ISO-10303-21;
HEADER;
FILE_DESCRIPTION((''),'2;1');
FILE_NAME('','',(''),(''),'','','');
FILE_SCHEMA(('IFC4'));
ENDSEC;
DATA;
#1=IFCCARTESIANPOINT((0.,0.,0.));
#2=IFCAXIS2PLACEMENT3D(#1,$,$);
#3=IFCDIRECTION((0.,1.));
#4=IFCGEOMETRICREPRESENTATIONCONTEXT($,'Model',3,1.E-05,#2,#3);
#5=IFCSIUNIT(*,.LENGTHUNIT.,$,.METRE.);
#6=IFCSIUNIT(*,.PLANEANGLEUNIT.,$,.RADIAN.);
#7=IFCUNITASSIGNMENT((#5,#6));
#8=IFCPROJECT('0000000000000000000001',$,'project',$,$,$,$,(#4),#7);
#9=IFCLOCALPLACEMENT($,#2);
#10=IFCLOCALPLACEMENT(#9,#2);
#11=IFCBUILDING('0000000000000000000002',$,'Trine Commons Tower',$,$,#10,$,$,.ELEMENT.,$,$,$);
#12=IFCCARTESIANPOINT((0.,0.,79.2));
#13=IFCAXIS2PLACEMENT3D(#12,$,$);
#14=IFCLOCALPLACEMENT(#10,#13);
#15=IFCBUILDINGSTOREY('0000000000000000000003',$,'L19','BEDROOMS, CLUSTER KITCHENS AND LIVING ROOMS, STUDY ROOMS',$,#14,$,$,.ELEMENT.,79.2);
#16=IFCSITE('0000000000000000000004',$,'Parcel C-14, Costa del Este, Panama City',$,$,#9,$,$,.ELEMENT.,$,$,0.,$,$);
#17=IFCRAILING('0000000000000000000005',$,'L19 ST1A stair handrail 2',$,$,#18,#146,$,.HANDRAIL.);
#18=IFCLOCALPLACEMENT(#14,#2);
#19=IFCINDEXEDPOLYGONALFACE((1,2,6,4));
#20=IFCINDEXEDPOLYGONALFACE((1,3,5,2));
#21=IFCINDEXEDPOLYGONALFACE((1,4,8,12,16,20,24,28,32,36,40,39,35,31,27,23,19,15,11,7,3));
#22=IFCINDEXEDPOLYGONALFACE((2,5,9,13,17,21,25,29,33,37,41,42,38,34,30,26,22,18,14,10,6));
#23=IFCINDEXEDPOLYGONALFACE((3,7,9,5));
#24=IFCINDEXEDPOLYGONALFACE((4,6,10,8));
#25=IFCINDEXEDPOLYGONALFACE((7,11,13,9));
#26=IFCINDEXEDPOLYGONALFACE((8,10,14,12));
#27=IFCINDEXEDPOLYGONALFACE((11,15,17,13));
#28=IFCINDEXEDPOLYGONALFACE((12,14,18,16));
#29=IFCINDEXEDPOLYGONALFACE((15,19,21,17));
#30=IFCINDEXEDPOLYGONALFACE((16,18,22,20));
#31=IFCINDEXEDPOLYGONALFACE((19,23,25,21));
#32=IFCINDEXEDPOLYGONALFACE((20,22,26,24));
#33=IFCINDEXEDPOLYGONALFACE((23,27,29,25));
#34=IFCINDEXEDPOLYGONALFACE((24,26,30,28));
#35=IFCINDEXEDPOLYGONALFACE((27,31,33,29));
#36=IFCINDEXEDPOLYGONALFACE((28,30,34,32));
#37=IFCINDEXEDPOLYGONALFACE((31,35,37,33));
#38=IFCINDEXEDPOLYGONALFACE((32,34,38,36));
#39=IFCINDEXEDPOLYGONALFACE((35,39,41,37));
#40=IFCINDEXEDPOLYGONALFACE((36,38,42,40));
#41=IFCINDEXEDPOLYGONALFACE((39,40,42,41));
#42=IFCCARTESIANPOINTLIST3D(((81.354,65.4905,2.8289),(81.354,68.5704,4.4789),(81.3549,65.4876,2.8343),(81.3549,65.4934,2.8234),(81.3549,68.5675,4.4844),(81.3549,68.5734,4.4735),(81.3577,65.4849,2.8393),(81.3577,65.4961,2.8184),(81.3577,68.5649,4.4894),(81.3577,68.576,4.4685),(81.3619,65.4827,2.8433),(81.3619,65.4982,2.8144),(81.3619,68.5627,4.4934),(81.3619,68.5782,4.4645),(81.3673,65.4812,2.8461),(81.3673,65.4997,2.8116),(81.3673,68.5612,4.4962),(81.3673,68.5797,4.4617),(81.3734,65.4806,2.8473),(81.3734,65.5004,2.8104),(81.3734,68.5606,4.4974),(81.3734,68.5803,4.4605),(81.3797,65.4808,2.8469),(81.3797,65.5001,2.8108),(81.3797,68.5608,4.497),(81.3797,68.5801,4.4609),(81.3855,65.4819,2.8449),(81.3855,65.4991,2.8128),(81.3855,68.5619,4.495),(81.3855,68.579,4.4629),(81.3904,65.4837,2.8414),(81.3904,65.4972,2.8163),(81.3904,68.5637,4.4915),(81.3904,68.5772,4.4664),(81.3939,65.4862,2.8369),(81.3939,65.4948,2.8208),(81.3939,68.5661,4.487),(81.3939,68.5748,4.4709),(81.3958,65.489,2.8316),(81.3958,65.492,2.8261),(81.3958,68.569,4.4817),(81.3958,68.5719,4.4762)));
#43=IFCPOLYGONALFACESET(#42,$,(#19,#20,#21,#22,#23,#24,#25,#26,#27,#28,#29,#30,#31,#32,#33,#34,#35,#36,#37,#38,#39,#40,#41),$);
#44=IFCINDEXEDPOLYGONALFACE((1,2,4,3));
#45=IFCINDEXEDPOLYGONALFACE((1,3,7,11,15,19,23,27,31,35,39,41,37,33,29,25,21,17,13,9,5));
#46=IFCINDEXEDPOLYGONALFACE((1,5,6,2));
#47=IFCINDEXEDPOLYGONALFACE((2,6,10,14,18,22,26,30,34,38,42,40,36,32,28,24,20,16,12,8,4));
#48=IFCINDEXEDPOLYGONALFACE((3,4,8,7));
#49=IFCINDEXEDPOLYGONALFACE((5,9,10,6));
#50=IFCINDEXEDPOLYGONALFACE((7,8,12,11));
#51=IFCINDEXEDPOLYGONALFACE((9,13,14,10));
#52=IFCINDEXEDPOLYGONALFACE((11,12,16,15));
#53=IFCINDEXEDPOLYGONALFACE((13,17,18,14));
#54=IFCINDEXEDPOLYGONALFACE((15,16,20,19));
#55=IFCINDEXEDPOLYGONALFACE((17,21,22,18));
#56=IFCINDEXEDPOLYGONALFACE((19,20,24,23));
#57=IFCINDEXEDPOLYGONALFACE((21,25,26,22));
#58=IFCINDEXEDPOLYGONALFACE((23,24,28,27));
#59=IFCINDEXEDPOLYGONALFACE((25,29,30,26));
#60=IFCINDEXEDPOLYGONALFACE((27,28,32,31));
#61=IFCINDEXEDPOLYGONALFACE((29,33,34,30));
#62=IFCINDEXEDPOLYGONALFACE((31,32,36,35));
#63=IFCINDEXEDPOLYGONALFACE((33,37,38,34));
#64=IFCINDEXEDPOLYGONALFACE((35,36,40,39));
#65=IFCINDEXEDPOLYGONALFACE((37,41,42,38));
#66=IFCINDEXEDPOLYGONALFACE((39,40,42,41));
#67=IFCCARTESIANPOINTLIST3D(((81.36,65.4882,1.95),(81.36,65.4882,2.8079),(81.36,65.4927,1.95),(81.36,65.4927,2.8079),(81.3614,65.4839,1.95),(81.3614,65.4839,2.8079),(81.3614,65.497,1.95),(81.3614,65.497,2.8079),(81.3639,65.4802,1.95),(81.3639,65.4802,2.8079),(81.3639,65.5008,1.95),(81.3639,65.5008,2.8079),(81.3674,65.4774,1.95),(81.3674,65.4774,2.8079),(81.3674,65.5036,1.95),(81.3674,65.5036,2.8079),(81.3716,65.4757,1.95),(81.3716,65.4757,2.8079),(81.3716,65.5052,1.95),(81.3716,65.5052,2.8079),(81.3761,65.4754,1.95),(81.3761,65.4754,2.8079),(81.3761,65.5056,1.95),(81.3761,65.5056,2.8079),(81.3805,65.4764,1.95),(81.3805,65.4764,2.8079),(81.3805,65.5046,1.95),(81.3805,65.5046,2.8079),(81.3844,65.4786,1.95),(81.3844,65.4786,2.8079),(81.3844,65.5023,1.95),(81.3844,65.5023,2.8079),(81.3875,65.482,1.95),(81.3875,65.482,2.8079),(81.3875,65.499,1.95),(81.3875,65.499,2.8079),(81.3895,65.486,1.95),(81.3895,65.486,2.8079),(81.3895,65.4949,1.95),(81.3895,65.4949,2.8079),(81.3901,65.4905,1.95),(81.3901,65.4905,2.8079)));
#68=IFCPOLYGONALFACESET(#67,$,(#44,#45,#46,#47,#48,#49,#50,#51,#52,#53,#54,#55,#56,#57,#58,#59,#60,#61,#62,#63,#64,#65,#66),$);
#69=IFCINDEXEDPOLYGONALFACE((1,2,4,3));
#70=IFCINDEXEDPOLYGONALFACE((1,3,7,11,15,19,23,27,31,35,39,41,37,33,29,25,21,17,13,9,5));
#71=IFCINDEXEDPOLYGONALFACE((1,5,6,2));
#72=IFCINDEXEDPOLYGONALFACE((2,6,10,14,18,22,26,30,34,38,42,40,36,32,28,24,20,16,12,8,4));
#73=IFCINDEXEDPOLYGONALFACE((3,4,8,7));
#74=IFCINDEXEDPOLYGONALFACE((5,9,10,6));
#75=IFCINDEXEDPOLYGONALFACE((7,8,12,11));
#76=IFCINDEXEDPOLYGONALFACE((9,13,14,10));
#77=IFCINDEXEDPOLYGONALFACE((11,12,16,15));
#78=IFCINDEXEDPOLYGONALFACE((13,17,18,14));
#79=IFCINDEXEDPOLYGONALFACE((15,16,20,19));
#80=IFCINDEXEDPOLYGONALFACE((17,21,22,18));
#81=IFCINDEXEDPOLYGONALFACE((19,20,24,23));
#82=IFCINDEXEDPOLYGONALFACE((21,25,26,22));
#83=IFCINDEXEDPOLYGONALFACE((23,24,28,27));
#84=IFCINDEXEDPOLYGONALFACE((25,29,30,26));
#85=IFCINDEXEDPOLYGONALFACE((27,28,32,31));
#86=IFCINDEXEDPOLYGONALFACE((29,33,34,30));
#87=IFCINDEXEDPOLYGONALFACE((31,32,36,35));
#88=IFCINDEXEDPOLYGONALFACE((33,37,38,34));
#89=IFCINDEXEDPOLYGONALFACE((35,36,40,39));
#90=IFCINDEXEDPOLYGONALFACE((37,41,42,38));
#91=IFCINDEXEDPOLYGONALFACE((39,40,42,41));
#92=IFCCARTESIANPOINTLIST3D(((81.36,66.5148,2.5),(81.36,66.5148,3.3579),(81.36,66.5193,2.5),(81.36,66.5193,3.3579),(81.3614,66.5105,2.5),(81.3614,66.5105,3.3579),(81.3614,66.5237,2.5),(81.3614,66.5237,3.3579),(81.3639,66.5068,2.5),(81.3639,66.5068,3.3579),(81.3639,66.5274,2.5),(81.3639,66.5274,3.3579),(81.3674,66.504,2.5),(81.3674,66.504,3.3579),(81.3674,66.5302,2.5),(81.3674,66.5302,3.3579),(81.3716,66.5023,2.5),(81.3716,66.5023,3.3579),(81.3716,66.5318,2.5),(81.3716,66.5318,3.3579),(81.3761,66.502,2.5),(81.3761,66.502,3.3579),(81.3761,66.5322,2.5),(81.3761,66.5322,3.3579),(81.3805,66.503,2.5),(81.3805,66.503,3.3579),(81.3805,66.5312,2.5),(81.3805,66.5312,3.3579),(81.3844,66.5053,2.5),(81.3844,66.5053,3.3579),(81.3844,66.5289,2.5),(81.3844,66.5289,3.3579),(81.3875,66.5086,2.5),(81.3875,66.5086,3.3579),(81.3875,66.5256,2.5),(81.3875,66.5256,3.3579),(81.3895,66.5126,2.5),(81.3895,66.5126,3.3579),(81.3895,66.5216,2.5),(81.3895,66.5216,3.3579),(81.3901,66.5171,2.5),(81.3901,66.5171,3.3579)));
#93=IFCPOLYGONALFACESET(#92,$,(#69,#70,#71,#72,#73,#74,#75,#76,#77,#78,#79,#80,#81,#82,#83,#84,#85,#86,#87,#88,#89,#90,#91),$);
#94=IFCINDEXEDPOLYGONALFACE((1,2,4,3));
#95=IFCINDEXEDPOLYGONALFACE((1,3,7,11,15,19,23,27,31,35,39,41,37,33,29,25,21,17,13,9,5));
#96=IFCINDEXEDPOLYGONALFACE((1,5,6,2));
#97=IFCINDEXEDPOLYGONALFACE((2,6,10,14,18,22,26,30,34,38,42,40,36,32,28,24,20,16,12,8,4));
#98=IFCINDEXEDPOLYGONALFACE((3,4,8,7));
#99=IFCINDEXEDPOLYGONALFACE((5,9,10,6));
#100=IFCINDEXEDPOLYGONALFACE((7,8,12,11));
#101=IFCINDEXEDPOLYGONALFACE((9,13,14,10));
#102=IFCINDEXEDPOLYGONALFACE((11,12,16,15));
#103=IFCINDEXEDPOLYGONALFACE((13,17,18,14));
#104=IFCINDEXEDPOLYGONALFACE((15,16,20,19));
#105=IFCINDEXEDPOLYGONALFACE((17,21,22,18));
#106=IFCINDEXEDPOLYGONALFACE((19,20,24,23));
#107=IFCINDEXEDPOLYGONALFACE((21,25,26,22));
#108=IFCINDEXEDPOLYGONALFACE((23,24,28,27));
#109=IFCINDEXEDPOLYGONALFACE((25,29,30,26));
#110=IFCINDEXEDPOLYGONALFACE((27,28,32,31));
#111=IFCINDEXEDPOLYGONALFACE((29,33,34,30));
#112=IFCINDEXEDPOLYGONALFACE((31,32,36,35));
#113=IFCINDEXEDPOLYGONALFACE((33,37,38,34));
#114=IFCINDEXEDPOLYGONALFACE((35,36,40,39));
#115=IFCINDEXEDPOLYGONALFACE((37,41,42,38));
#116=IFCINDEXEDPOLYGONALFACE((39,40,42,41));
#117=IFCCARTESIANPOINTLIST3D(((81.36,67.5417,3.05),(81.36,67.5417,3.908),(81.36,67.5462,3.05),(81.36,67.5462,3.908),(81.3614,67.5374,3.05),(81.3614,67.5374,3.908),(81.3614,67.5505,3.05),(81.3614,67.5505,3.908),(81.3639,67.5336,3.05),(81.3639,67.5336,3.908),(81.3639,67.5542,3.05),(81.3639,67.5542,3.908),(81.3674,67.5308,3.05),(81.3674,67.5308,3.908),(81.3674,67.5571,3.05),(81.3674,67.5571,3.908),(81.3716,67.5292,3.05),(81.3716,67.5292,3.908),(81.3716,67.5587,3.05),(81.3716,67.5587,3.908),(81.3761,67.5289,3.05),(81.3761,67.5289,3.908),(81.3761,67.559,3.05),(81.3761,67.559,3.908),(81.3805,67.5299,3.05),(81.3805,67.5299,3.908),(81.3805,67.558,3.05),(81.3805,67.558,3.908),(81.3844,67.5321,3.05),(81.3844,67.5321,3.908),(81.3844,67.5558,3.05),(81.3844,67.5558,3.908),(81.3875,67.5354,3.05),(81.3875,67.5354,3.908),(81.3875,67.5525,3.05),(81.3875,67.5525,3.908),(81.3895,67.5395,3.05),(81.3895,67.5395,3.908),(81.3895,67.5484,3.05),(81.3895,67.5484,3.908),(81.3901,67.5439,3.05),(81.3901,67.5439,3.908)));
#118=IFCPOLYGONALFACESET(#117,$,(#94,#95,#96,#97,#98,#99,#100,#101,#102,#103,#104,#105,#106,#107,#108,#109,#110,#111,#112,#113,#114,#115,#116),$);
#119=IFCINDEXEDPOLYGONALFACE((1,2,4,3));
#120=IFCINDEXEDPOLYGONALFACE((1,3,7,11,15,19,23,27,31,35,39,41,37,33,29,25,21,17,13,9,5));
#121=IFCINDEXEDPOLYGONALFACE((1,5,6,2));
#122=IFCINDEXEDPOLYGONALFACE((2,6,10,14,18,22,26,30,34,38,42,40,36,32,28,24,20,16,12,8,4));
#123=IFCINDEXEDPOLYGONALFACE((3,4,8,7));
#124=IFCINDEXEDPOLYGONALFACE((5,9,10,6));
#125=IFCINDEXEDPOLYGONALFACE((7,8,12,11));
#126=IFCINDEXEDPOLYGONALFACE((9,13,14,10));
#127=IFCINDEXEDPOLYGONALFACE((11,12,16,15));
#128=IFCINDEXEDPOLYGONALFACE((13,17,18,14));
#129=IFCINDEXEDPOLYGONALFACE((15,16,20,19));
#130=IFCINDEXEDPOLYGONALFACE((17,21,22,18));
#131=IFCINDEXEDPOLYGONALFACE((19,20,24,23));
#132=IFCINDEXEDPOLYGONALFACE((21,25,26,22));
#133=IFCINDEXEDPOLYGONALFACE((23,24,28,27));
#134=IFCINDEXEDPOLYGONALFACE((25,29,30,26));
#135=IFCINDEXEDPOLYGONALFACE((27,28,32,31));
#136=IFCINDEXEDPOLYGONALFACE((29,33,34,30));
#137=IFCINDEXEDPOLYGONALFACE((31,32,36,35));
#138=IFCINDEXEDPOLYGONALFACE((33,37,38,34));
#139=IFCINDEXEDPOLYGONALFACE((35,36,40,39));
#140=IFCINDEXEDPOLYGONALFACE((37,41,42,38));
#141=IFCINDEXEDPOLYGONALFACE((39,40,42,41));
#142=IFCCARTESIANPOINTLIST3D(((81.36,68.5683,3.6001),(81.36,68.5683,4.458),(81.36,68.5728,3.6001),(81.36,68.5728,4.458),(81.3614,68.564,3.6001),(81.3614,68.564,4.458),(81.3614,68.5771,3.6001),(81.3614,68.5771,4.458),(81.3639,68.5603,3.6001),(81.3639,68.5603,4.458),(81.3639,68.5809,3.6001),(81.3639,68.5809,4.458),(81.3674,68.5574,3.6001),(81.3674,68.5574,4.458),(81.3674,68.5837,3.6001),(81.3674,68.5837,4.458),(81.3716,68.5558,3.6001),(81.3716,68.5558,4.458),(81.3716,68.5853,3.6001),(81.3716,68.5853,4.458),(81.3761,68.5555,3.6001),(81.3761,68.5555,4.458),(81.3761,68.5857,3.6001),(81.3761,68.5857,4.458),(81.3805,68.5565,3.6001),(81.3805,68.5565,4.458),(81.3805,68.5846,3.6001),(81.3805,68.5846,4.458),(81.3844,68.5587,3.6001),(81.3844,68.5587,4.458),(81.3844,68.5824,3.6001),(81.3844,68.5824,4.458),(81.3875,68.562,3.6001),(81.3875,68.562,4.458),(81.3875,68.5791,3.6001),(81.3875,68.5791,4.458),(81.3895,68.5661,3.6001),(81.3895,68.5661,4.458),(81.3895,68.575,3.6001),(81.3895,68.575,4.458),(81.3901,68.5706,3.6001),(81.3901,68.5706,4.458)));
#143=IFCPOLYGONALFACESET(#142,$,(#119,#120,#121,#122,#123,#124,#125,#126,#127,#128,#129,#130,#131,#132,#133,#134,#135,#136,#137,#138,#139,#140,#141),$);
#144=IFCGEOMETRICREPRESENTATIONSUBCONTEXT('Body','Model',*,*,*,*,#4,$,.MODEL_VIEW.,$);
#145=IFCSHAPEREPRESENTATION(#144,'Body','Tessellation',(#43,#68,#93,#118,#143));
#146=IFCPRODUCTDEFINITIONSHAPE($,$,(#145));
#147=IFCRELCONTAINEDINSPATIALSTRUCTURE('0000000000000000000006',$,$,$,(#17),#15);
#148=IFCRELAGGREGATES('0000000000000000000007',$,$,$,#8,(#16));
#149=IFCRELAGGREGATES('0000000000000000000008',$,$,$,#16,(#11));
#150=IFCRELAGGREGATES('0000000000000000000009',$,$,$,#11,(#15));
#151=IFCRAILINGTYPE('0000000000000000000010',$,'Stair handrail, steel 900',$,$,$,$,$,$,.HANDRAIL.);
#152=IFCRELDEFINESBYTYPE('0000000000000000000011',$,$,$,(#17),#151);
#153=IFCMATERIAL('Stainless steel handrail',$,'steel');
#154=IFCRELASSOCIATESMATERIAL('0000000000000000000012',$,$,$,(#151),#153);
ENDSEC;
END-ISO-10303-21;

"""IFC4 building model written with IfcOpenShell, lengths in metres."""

from ifc_helpers import new_model, si_unit, direction, frame, origin, origin_2d, place, context, subcontext, project, spatial, circle, extrude, material, type_object, element, save


model = new_model("IFC4")

# Units and contexts
model_context = context("Model", 3, precision=1e-05, world=origin(), true_north=direction((0.0, 1.0)))
body_context = subcontext(model_context, "Body", "Model", "MODEL_VIEW")
ifc_project = project(units=[si_unit("LENGTHUNIT", "METRE"), si_unit("PLANEANGLEUNIT", "RADIAN")], contexts=[model_context])

# Site, building, storey
site_placement = place(None, origin())
site = spatial("IfcSite", under=ifc_project, at=site_placement, Name="Parcel C-14, Costa del Este, Panama City", CompositionType="ELEMENT", RefElevation=0.0)
building_placement = place(site_placement, origin())
building = spatial("IfcBuilding", under=site, at=building_placement, Name="Trine Commons Tower", CompositionType="ELEMENT")
storey_placement = place(building_placement, frame((0.0, 0.0, 79.2)))
storey = spatial("IfcBuildingStorey", under=building, at=storey_placement, Name="L19", Description="BEDROOMS, CLUSTER KITCHENS AND LIVING ROOMS, STUDY ROOMS", CompositionType="ELEMENT", Elevation=79.2)

# Railing
ifc_material_1 = material(Name="Stainless steel handrail", Category="steel")
railing_type_1 = type_object("IfcRailingType", Name="Stair handrail, steel 900", PredefinedType="HANDRAIL", material=ifc_material_1)
railing_1_placement = place(storey_placement, frame((81.375, 65.4905, 1.95)))
element("IfcRailing", 1, at=railing_1_placement, inside=storey, type_object=railing_type_1, Name="L19 ST1A stair handrail 2", PredefinedType="HANDRAIL", context=body_context, shape_type="SweptSolid", body=[
    extrude(circle(Radius=0.021, at=origin_2d()), frame((0.0, 0.0, 0.8789), z_axis=(0.0, 0.881468, 0.472245), x_axis=(-1.0, 0.0, 0.0)), (0.0, 0.0, 1.0), 3.4941),
    extrude(circle(Radius=0.0151, at=origin_2d()), origin(), (0.0, 0.0, 1.0), 0.8579),
    extrude(circle(Radius=0.0151, at=origin_2d()), frame((0.0, 1.0266, 0.55)), (0.0, 0.0, 1.0), 0.8579),
    extrude(circle(Radius=0.0151, at=origin_2d()), frame((0.0, 2.0535, 1.1001)), (0.0, 0.0, 1.0), 0.8579),
    extrude(circle(Radius=0.0151, at=origin_2d()), frame((0.0, 3.0801, 1.6501)), (0.0, 0.0, 1.0), 0.8579),
])

save(model, "model.ifc")
